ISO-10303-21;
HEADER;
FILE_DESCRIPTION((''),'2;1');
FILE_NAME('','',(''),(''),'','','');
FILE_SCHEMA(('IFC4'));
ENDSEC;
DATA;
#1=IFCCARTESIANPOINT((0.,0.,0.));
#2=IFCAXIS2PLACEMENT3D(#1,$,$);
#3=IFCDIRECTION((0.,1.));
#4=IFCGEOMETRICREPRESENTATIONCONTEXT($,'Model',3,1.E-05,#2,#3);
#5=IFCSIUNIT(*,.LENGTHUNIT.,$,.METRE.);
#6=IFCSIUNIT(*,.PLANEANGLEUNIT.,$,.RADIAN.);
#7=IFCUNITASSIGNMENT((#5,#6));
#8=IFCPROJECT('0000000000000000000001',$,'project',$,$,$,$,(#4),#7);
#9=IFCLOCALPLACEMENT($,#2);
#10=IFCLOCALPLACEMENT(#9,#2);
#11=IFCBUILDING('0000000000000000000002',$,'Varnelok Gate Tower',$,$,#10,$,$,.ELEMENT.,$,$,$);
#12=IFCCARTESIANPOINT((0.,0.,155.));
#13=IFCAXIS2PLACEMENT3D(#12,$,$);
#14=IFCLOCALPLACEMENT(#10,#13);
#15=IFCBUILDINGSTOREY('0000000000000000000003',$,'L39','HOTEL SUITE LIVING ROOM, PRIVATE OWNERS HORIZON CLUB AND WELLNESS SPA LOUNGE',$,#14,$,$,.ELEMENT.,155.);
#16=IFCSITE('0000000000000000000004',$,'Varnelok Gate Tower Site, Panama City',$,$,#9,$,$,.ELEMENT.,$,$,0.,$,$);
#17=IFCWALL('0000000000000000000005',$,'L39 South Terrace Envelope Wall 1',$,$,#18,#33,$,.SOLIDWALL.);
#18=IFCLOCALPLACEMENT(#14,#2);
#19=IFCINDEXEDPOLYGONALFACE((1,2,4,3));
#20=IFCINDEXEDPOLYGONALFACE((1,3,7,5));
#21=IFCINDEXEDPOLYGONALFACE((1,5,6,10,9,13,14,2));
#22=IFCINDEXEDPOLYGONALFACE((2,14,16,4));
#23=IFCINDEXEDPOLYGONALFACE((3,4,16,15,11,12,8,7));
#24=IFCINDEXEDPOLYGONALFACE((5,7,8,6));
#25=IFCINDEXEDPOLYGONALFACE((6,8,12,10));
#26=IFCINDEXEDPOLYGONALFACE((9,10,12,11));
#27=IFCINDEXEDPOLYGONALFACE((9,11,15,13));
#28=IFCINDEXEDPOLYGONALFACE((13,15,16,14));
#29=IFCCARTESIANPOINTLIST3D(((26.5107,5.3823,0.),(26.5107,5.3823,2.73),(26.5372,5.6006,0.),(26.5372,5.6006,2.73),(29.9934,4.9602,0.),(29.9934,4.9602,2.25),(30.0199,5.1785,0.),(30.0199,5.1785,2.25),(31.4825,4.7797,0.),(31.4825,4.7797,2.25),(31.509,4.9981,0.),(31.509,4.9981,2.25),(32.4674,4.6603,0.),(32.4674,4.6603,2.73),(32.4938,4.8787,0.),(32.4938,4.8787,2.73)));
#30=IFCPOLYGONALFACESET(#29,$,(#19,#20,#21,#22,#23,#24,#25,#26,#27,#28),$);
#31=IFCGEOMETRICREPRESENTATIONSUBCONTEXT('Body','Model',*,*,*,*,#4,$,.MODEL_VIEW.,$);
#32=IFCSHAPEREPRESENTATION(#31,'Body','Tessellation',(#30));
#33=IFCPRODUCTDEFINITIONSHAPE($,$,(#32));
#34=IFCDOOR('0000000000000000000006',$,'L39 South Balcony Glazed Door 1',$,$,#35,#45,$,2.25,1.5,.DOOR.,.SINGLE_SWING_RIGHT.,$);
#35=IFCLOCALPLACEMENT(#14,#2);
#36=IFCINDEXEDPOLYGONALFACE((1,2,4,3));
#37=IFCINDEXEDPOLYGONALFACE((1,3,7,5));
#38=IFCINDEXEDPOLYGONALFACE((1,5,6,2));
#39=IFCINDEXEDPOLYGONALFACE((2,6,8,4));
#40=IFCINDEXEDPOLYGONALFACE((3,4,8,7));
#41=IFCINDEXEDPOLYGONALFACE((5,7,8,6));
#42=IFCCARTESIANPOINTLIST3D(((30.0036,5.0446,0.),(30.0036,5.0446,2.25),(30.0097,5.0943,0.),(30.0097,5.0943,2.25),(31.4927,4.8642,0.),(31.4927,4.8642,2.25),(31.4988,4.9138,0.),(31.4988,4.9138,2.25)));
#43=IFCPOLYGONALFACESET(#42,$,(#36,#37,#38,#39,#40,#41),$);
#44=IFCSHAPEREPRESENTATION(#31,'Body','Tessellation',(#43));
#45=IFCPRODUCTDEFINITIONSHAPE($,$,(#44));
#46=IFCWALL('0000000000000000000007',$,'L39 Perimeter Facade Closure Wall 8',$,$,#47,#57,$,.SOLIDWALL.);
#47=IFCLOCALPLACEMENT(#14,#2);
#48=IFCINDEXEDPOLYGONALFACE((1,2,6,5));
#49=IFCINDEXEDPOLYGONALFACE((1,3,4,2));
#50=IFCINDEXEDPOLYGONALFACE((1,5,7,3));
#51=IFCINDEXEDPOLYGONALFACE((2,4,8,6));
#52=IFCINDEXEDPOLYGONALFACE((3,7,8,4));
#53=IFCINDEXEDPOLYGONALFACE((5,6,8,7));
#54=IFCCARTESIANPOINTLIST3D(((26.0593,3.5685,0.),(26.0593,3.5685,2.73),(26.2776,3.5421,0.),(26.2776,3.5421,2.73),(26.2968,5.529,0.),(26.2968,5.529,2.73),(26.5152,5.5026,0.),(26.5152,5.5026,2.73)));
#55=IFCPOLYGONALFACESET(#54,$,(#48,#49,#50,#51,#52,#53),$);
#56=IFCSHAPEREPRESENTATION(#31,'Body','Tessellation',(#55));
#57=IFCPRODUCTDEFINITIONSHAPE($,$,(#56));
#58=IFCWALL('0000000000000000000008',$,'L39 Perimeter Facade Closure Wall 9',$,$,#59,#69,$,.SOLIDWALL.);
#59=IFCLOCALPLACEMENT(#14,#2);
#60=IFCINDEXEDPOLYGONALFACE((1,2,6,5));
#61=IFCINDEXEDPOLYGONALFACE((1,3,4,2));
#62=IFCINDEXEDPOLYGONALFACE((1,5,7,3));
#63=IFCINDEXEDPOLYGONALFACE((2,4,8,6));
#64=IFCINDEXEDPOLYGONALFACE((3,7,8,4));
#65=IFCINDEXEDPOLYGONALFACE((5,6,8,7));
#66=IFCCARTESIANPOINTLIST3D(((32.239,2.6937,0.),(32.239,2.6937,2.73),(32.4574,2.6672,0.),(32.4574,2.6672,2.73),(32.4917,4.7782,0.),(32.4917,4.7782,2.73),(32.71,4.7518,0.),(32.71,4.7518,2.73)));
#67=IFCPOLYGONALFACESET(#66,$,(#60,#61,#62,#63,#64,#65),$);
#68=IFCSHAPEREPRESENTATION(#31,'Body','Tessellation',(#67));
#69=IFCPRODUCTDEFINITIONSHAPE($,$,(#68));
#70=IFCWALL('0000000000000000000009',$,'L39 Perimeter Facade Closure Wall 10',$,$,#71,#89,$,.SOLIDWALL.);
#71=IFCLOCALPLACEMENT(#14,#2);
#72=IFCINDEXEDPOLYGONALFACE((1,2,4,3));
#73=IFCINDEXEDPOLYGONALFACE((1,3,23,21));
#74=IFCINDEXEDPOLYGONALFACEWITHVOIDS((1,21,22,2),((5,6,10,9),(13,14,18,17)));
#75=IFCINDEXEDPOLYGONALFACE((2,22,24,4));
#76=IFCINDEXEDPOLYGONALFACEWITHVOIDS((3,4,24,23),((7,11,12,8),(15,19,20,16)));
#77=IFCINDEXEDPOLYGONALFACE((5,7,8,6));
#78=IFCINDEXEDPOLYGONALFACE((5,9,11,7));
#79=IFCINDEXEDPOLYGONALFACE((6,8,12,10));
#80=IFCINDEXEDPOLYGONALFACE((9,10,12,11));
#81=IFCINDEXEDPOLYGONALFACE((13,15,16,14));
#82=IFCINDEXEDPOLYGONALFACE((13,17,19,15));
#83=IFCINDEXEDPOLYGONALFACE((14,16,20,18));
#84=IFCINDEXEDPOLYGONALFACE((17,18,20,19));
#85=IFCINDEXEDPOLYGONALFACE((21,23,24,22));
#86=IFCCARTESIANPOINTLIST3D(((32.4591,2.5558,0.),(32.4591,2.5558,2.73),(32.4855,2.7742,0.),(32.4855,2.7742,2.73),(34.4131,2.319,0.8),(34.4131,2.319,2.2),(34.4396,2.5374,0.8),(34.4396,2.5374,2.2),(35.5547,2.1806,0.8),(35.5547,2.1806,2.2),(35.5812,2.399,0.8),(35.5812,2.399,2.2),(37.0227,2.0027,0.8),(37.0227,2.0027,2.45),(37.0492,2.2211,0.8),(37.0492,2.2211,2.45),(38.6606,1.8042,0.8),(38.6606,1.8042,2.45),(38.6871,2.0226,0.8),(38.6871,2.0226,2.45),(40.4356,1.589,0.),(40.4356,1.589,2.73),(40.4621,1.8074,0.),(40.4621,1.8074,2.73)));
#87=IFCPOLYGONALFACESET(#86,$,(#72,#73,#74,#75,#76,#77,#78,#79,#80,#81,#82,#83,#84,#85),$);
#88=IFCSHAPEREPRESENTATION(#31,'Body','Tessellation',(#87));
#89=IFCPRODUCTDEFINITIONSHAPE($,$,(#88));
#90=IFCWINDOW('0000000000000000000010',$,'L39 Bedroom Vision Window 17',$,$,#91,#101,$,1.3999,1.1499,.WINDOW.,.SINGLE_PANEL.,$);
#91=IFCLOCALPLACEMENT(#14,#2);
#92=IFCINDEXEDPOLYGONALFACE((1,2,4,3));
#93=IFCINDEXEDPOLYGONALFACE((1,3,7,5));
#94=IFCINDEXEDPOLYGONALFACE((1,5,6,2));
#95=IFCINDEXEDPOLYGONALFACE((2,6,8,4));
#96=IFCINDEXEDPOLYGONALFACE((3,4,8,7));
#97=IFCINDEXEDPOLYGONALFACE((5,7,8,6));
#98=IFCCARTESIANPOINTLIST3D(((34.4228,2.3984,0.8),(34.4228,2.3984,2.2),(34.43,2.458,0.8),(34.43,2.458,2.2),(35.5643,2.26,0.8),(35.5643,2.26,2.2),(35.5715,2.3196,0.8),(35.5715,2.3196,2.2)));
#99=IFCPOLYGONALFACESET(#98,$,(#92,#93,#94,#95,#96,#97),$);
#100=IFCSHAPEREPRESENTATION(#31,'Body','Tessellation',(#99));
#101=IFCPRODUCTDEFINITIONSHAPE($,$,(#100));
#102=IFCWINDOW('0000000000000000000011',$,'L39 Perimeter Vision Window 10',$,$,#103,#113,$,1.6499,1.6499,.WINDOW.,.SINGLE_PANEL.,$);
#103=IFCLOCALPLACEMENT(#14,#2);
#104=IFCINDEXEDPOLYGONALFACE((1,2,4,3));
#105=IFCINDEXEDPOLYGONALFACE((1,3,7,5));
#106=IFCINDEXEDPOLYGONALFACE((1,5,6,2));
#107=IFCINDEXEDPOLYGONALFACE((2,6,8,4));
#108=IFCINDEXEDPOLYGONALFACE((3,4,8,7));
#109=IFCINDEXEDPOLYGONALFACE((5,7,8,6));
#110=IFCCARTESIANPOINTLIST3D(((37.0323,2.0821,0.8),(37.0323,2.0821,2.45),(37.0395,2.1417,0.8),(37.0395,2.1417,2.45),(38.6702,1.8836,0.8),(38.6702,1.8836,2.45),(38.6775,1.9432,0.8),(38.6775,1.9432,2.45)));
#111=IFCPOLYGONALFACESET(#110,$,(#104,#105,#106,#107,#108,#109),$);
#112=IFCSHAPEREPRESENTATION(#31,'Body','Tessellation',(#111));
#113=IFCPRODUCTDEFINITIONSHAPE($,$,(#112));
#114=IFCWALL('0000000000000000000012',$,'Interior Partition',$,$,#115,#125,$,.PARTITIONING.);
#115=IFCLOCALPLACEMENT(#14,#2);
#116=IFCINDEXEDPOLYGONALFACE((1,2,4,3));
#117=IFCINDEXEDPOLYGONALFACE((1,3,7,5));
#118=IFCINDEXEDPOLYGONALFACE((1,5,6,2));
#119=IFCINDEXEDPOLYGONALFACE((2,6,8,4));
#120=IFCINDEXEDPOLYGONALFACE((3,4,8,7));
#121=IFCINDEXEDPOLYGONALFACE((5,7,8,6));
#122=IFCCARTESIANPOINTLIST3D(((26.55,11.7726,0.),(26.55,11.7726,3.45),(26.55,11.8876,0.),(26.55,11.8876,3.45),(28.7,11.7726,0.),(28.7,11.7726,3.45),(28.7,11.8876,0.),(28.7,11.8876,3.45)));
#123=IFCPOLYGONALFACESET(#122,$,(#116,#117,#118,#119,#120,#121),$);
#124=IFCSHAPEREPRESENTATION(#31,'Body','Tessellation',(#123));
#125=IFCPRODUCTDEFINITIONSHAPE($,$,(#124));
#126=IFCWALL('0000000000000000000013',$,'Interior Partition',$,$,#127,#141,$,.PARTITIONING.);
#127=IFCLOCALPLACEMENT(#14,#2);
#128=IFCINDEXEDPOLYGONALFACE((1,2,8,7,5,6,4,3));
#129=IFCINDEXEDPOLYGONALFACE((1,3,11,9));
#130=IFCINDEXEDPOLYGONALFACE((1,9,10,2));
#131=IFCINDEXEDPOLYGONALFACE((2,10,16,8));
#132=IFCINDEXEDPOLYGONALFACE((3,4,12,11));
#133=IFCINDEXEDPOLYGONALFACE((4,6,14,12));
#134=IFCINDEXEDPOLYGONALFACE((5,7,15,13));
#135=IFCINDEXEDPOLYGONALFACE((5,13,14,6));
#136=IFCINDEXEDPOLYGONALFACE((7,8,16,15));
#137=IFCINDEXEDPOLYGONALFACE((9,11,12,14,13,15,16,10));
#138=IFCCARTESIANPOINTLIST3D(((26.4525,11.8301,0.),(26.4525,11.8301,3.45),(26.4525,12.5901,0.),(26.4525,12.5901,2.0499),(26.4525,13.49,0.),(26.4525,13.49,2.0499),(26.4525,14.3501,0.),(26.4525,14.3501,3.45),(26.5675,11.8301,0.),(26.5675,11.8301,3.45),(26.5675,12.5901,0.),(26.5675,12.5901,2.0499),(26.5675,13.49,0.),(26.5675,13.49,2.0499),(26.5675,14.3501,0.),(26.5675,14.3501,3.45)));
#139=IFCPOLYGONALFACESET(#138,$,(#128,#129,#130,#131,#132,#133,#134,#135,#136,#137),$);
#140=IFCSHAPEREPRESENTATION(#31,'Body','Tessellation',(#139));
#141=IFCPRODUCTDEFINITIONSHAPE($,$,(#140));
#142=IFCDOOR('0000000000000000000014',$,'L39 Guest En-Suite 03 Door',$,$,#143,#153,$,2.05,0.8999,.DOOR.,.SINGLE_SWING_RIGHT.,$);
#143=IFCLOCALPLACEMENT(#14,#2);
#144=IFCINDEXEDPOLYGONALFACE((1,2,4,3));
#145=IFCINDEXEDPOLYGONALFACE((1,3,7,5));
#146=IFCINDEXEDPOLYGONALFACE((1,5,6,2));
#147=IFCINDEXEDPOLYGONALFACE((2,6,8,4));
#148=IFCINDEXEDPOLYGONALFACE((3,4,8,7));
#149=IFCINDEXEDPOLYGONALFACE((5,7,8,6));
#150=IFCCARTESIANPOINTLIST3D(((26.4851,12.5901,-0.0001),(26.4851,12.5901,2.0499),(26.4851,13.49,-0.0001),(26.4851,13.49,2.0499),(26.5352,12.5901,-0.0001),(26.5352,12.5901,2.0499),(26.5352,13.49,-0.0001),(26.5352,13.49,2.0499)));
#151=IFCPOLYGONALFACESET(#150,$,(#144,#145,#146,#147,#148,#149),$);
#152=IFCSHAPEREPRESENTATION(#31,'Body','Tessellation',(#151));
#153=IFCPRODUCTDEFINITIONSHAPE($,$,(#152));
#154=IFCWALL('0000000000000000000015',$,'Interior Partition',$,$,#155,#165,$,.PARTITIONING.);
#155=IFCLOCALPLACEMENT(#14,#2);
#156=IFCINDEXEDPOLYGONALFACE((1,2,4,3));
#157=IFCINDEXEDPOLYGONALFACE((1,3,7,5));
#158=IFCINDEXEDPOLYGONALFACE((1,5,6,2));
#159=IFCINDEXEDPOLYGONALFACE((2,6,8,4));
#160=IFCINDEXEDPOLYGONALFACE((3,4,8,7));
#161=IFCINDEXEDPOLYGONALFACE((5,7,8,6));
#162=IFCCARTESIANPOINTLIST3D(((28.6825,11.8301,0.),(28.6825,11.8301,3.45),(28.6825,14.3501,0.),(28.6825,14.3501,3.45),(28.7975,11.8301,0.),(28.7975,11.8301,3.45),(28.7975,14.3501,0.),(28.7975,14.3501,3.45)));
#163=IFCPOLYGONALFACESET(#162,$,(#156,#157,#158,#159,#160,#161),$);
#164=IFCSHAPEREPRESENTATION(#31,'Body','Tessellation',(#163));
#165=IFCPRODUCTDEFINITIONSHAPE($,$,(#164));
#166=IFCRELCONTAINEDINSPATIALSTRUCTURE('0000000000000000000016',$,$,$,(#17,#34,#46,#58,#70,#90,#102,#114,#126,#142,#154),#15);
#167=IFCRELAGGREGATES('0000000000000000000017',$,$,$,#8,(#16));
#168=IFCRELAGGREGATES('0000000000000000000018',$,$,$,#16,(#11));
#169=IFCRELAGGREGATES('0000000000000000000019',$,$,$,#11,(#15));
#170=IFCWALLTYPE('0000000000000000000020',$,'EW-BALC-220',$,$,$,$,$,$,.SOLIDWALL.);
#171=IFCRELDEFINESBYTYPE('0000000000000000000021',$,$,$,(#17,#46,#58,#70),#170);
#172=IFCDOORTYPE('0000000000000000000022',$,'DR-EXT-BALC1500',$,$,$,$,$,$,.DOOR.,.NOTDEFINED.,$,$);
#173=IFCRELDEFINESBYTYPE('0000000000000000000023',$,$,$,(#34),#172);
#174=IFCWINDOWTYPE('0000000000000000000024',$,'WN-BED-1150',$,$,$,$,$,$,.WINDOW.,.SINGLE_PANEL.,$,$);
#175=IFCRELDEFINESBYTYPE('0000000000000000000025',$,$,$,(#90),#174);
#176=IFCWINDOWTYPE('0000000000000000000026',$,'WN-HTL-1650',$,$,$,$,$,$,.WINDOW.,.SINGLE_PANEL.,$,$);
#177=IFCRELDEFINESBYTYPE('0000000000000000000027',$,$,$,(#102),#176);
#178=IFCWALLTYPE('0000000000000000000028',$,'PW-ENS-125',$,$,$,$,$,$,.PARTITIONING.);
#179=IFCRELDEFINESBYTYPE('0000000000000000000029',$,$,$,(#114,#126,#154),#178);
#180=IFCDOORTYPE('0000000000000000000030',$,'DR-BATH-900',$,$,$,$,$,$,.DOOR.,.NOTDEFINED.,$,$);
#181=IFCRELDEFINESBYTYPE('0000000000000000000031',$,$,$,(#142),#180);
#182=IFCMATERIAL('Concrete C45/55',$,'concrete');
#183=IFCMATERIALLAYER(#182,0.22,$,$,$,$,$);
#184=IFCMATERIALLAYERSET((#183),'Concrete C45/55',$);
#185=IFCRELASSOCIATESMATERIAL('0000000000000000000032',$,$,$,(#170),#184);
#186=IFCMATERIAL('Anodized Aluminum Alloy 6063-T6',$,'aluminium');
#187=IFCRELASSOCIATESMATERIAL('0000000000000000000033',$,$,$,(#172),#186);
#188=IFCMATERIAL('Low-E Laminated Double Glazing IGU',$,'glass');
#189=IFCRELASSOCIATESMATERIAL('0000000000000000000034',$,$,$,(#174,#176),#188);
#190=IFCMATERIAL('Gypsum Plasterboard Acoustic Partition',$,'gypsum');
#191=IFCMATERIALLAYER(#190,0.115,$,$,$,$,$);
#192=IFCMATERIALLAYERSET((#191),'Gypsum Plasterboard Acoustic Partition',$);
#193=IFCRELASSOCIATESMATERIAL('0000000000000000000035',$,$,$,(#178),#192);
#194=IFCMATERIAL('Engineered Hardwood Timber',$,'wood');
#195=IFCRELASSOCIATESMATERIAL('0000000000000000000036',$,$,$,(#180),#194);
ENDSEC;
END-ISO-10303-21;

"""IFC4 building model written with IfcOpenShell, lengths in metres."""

from ifc_helpers import new_model, si_unit, direction, frame, frame_2d, origin, place, context, subcontext, project, spatial, rectangle, extrude, material, layer, layer_set, type_object, element, fill, save


model = new_model("IFC4")

# Units and contexts
model_context = context("Model", 3, precision=1e-05, world=origin(), true_north=direction((0.0, 1.0)))
body_context = subcontext(model_context, "Body", "Model", "MODEL_VIEW")
ifc_project = project(units=[si_unit("LENGTHUNIT", "METRE"), si_unit("PLANEANGLEUNIT", "RADIAN")], contexts=[model_context])

# Site, building, storey
site_placement = place(None, origin())
site = spatial("IfcSite", under=ifc_project, at=site_placement, Name="Varnelok Gate Tower Site, Panama City", CompositionType="ELEMENT", RefElevation=0.0)
building_placement = place(site_placement, origin())
building = spatial("IfcBuilding", under=site, at=building_placement, Name="Varnelok Gate Tower", CompositionType="ELEMENT")
storey_placement = place(building_placement, frame((0.0, 0.0, 155.0)))
storey = spatial("IfcBuildingStorey", under=building, at=storey_placement, Name="L39", Description="HOTEL SUITE LIVING ROOM, PRIVATE OWNERS HORIZON CLUB AND WELLNESS SPA LOUNGE", CompositionType="ELEMENT", Elevation=155.0)

# Wall, opening, door
ifc_material_1 = material(Name="Concrete C45/55", Category="concrete")
ifc_layer_1 = layer(ifc_material_1, 0.22)
ifc_layer_set_1 = layer_set([ifc_layer_1], Name="Concrete C45/55")
wall_type_1 = type_object("IfcWallType", Name="EW-BALC-220", PredefinedType="SOLIDWALL", material=ifc_layer_set_1)
wall_1_placement = place(storey_placement, frame((32.4805, 4.7695, 0.0), z_axis=(0.0, 0.0, 1.0), x_axis=(-0.992735, 0.120318, 0.0)))
wall_1 = element("IfcWall", 1, at=wall_1_placement, inside=storey, type_object=wall_type_1, Name="L39 South Terrace Envelope Wall 1", PredefinedType="SOLIDWALL", context=body_context, shape_type="SweptSolid", body=[
    extrude(rectangle(XDim=6.0002, YDim=0.22, at=frame_2d((3.0, 0.0))), origin(), (0.0, 0.0, 1.0), 2.73),
])
opening_1_placement = place(wall_1_placement, frame((0.9919, 0.0, 0.0)))
opening_1 = element("IfcOpeningElement", 2, at=opening_1_placement, cuts=wall_1, PredefinedType="OPENING", context=body_context, shape_type="SweptSolid", body=[
    extrude(rectangle(XDim=1.5, YDim=2.25, at=frame_2d((0.75, 1.125))), frame((0.0, 0.1199, 0.0), z_axis=(0.0, -1.0, 0.0), x_axis=(1.0, 0.0, 0.0)), (0.0, 0.0, 1.0), 0.24),
])
ifc_material_2 = material(Name="Anodized Aluminum Alloy 6063-T6", Category="aluminium")
door_type_1 = type_object("IfcDoorType", Name="DR-EXT-BALC1500", OperationType="NOTDEFINED", PredefinedType="DOOR", material=ifc_material_2)
door_1_placement = place(opening_1_placement, origin())
door_1 = element("IfcDoor", 3, at=door_1_placement, inside=storey, type_object=door_type_1, Name="L39 South Balcony Glazed Door 1", OperationType="SINGLE_SWING_RIGHT", OverallHeight=2.25, OverallWidth=1.5, PredefinedType="DOOR", context=body_context, shape_type="SweptSolid", body=[
    extrude(rectangle(XDim=1.5, YDim=2.25, at=frame_2d((0.75, 1.125))), frame((0.0, 0.0249, 0.0), z_axis=(0.0, -1.0, 0.0), x_axis=(1.0, 0.0, 0.0)), (0.0, 0.0, 1.0), 0.05),
])
fill(opening_1, door_1)

# Walls
wall_2_placement = place(storey_placement, frame((26.1685, 3.5554, 0.0), z_axis=(0.0, 0.0, 1.0), x_axis=(0.120291, 0.992739, 0.0)))
element("IfcWall", 4, at=wall_2_placement, inside=storey, type_object=wall_type_1, Name="L39 Perimeter Facade Closure Wall 8", PredefinedType="SOLIDWALL", context=body_context, shape_type="SweptSolid", body=[
    extrude(rectangle(XDim=1.9749, YDim=0.22, at=frame_2d((0.9873, 0.0))), origin(), (0.0, 0.0, 1.0), 2.73),
])
wall_3_placement = place(storey_placement, frame((32.6008, 4.7649, 0.0), z_axis=(0.0, 0.0, 1.0), x_axis=(-0.120328, -0.992734, 0.0)))
element("IfcWall", 5, at=wall_3_placement, inside=storey, type_object=wall_type_1, Name="L39 Perimeter Facade Closure Wall 9", PredefinedType="SOLIDWALL", context=body_context, shape_type="SweptSolid", body=[
    extrude(rectangle(XDim=2.0999, YDim=0.22, at=frame_2d((1.0498, 0.0))), origin(), (0.0, 0.0, 1.0), 2.73),
])

# Wall, openings, windows
wall_4_placement = place(storey_placement, frame((32.4722, 2.665, 0.0), z_axis=(0.0, 0.0, 1.0), x_axis=(0.992735, -0.120324, 0.0)))
wall_4 = element("IfcWall", 6, at=wall_4_placement, inside=storey, type_object=wall_type_1, Name="L39 Perimeter Facade Closure Wall 10", PredefinedType="SOLIDWALL", context=body_context, shape_type="SweptSolid", body=[
    extrude(rectangle(XDim=8.0349, YDim=0.22, at=frame_2d((4.0176, 0.0))), origin(), (0.0, 0.0, 1.0), 2.73),
])
opening_2_placement = place(wall_4_placement, frame((4.5972, 0.0, 0.8)))
opening_2 = element("IfcOpeningElement", 7, at=opening_2_placement, cuts=wall_4, PredefinedType="OPENING", context=body_context, shape_type="SweptSolid", body=[
    extrude(rectangle(XDim=1.6499, YDim=1.6499, at=frame_2d((0.825, 0.825))), frame((0.0, 0.1199, 0.0), z_axis=(0.0, -1.0, 0.0), x_axis=(1.0, 0.0, 0.0)), (0.0, 0.0, 1.0), 0.24),
])
opening_3_placement = place(wall_4_placement, frame((1.9685, 0.0, 0.8)))
opening_3 = element("IfcOpeningElement", 8, at=opening_3_placement, cuts=wall_4, PredefinedType="OPENING", context=body_context, shape_type="SweptSolid", body=[
    extrude(rectangle(XDim=1.1499, YDim=1.3999, at=frame_2d((0.575, 0.7))), frame((0.0, 0.1199, 0.0), z_axis=(0.0, -1.0, 0.0), x_axis=(1.0, 0.0, 0.0)), (0.0, 0.0, 1.0), 0.24),
])
ifc_material_3 = material(Name="Low-E Laminated Double Glazing IGU", Category="glass")
window_type_1 = type_object("IfcWindowType", Name="WN-BED-1150", PartitioningType="SINGLE_PANEL", PredefinedType="WINDOW", material=ifc_material_3)
window_1_placement = place(opening_3_placement, origin())
window_1 = element("IfcWindow", 9, at=window_1_placement, inside=storey, type_object=window_type_1, Name="L39 Bedroom Vision Window 17", OverallHeight=1.3999, OverallWidth=1.1499, PartitioningType="SINGLE_PANEL", PredefinedType="WINDOW", context=body_context, shape_type="SweptSolid", body=[
    extrude(rectangle(XDim=1.1499, YDim=1.3999, at=frame_2d((0.575, 0.7))), frame((0.0, 0.03, 0.0), z_axis=(0.0, -1.0, 0.0), x_axis=(1.0, 0.0, 0.0)), (0.0, 0.0, 1.0), 0.0601),
])
fill(opening_3, window_1)
window_type_2 = type_object("IfcWindowType", Name="WN-HTL-1650", PartitioningType="SINGLE_PANEL", PredefinedType="WINDOW", material=ifc_material_3)
window_2_placement = place(opening_2_placement, origin())
window_2 = element("IfcWindow", 10, at=window_2_placement, inside=storey, type_object=window_type_2, Name="L39 Perimeter Vision Window 10", OverallHeight=1.6499, OverallWidth=1.6499, PartitioningType="SINGLE_PANEL", PredefinedType="WINDOW", context=body_context, shape_type="SweptSolid", body=[
    extrude(rectangle(XDim=1.6499, YDim=1.6499, at=frame_2d((0.825, 0.825))), frame((0.0, 0.03, 0.0), z_axis=(0.0, -1.0, 0.0), x_axis=(1.0, 0.0, 0.0)), (0.0, 0.0, 1.0), 0.0601),
])
fill(opening_2, window_2)

# Wall
ifc_material_4 = material(Name="Gypsum Plasterboard Acoustic Partition", Category="gypsum")
ifc_layer_2 = layer(ifc_material_4, 0.115)
ifc_layer_set_2 = layer_set([ifc_layer_2], Name="Gypsum Plasterboard Acoustic Partition")
wall_type_2 = type_object("IfcWallType", Name="PW-ENS-125", PredefinedType="PARTITIONING", material=ifc_layer_set_2)
wall_5_placement = place(storey_placement, frame((26.55, 11.8301, 0.0), z_axis=(0.0, 0.0, 1.0), x_axis=(1.0, 0.0, 0.0)))
element("IfcWall", 11, at=wall_5_placement, inside=storey, type_object=wall_type_2, Name="Interior Partition", PredefinedType="PARTITIONING", context=body_context, shape_type="SweptSolid", body=[
    extrude(rectangle(XDim=2.1499, YDim=0.115, at=frame_2d((1.075, 0.0))), origin(), (0.0, 0.0, 1.0), 3.45),
])

# Wall, opening, door
wall_6_placement = place(storey_placement, frame((26.51, 11.8301, 0.0), z_axis=(0.0, 0.0, 1.0), x_axis=(0.0, 1.0, 0.0)))
wall_6 = element("IfcWall", 12, at=wall_6_placement, inside=storey, type_object=wall_type_2, Name="Interior Partition", PredefinedType="PARTITIONING", context=body_context, shape_type="SweptSolid", body=[
    extrude(rectangle(XDim=2.52, YDim=0.115, at=frame_2d((1.26, 0.0))), origin(), (0.0, 0.0, 1.0), 3.45),
])
opening_4_placement = place(wall_6_placement, frame((0.76, 0.0, 0.0)))
opening_4 = element("IfcOpeningElement", 13, at=opening_4_placement, cuts=wall_6, PredefinedType="OPENING", context=body_context, shape_type="SweptSolid", body=[
    extrude(rectangle(XDim=0.8999, YDim=2.05, at=frame_2d((0.45, 1.0249))), frame((0.0, 0.0674, 0.0), z_axis=(0.0, -1.0, 0.0), x_axis=(1.0, 0.0, 0.0)), (0.0, 0.0, 1.0), 0.135),
])
ifc_material_5 = material(Name="Engineered Hardwood Timber", Category="wood")
door_type_2 = type_object("IfcDoorType", Name="DR-BATH-900", OperationType="NOTDEFINED", PredefinedType="DOOR", material=ifc_material_5)
door_2_placement = place(opening_4_placement, origin())
door_2 = element("IfcDoor", 14, at=door_2_placement, inside=storey, type_object=door_type_2, Name="L39 Guest En-Suite 03 Door", OperationType="SINGLE_SWING_RIGHT", OverallHeight=2.05, OverallWidth=0.8999, PredefinedType="DOOR", context=body_context, shape_type="SweptSolid", body=[
    extrude(rectangle(XDim=0.8999, YDim=2.05, at=frame_2d((0.45, 1.0249))), frame((0.0, 0.0249, 0.0), z_axis=(0.0, -1.0, 0.0), x_axis=(1.0, 0.0, 0.0)), (0.0, 0.0, 1.0), 0.05),
])
fill(opening_4, door_2)

# Wall
wall_7_placement = place(storey_placement, frame((28.74, 11.8301, 0.0), z_axis=(0.0, 0.0, 1.0), x_axis=(0.0, 1.0, 0.0)))
element("IfcWall", 15, at=wall_7_placement, inside=storey, type_object=wall_type_2, Name="Interior Partition", PredefinedType="PARTITIONING", context=body_context, shape_type="SweptSolid", body=[
    extrude(rectangle(XDim=2.52, YDim=0.115, at=frame_2d((1.26, 0.0))), origin(), (0.0, 0.0, 1.0), 3.45),
])

save(model, "model.ifc")
